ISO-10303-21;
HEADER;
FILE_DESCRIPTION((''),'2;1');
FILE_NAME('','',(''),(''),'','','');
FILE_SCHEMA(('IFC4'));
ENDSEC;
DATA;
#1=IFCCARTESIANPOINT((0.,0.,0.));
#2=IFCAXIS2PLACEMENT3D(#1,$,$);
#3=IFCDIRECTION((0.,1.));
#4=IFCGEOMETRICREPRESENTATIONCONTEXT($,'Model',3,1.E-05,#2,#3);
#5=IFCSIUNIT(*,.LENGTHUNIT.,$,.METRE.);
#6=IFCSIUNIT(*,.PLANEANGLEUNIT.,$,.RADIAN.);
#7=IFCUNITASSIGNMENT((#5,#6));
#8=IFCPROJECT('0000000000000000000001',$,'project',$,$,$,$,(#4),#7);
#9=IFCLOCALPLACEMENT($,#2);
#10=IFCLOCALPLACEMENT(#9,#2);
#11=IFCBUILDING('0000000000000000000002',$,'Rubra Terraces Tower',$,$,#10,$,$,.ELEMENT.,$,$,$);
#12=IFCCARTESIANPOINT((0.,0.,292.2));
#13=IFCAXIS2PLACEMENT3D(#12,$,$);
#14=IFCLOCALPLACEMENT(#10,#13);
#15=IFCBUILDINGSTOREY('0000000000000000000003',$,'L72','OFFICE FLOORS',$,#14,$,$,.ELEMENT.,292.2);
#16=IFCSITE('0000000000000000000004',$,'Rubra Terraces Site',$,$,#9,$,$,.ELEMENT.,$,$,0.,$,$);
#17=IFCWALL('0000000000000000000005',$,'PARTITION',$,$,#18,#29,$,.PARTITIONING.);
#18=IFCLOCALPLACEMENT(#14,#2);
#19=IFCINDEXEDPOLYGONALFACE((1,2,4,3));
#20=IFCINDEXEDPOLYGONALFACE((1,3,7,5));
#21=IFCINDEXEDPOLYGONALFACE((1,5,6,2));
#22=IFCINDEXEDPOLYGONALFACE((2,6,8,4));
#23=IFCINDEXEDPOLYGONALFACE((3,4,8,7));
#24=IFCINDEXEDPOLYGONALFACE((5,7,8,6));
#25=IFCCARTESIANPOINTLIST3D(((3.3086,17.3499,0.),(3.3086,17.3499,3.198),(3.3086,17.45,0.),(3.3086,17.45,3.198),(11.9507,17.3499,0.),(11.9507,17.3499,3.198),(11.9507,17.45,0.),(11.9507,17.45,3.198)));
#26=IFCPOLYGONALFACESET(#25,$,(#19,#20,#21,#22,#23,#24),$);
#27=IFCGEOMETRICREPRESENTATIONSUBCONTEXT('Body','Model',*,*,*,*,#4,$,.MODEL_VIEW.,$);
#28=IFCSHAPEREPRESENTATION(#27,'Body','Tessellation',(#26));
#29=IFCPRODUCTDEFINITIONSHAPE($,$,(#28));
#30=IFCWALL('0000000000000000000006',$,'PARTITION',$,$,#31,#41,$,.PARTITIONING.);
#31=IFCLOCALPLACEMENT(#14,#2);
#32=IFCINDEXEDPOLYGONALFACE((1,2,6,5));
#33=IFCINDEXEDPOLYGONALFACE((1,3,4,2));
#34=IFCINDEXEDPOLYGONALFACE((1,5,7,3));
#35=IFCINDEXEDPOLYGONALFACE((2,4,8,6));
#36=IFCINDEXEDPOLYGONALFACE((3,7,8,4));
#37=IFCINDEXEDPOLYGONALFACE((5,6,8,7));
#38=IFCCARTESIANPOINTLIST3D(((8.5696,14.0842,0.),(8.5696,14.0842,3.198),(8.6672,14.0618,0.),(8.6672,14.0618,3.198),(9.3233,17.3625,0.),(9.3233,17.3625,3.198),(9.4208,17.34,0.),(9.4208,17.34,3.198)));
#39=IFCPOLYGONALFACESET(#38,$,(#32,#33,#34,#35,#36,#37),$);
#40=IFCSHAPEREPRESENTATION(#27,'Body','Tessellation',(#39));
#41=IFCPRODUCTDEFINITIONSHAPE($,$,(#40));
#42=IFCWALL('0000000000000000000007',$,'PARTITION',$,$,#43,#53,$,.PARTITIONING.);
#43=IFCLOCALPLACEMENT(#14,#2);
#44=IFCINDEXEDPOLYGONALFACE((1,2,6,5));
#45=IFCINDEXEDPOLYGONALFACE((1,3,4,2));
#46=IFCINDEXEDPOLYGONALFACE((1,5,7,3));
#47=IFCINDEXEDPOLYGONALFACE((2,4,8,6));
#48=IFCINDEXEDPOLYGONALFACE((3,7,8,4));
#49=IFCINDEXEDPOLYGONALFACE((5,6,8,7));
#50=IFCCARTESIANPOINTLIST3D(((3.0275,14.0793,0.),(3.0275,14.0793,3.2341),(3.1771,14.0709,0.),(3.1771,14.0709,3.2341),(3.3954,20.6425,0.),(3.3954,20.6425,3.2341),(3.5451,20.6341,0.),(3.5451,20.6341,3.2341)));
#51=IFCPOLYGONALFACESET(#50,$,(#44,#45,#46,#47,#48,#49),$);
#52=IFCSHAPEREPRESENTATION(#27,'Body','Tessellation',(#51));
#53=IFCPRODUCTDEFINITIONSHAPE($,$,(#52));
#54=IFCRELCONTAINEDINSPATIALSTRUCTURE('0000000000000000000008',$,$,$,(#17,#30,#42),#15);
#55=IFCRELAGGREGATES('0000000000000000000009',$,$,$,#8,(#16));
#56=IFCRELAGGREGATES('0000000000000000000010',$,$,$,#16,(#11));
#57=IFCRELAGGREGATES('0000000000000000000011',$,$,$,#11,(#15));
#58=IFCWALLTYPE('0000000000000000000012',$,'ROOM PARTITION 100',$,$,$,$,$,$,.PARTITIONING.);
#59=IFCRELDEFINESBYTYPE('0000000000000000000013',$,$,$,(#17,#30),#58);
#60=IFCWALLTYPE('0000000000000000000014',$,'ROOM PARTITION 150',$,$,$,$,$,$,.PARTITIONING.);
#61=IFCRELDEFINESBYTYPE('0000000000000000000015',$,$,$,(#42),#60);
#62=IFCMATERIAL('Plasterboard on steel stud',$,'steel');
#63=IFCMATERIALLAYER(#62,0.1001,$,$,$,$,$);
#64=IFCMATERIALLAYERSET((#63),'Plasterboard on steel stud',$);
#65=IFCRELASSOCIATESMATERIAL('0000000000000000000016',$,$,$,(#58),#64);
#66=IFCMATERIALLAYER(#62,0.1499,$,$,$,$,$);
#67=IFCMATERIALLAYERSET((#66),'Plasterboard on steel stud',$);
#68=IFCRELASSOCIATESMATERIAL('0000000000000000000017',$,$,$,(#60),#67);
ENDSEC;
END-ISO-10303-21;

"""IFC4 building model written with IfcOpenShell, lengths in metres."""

from ifc_helpers import new_model, si_unit, direction, frame, frame_2d, origin, place, context, subcontext, project, spatial, rectangle, extrude, material, layer, layer_set, type_object, element, save


model = new_model("IFC4")

# Units and contexts
model_context = context("Model", 3, precision=1e-05, world=origin(), true_north=direction((0.0, 1.0)))
body_context = subcontext(model_context, "Body", "Model", "MODEL_VIEW")
ifc_project = project(units=[si_unit("LENGTHUNIT", "METRE"), si_unit("PLANEANGLEUNIT", "RADIAN")], contexts=[model_context])

# Site, building, storey
site_placement = place(None, origin())
site = spatial("IfcSite", under=ifc_project, at=site_placement, Name="Rubra Terraces Site", CompositionType="ELEMENT", RefElevation=0.0)
building_placement = place(site_placement, origin())
building = spatial("IfcBuilding", under=site, at=building_placement, Name="Rubra Terraces Tower", CompositionType="ELEMENT")
storey_placement = place(building_placement, frame((0.0, 0.0, 292.2)))
storey = spatial("IfcBuildingStorey", under=building, at=storey_placement, Name="L72", Description="OFFICE FLOORS", CompositionType="ELEMENT", Elevation=292.2)

# Walls
ifc_material_1 = material(Name="Plasterboard on steel stud", Category="steel")
ifc_layer_1 = layer(ifc_material_1, 0.1001)
ifc_layer_set_1 = layer_set([ifc_layer_1], Name="Plasterboard on steel stud")
wall_type_1 = type_object("IfcWallType", Name="ROOM PARTITION 100", PredefinedType="PARTITIONING", material=ifc_layer_set_1)
wall_1_placement = place(storey_placement, frame((3.3086, 17.3999, 0.0), z_axis=(0.0, 0.0, 1.0), x_axis=(1.0, 0.0, 0.0)))
element("IfcWall", 1, at=wall_1_placement, inside=storey, type_object=wall_type_1, Name="PARTITION", PredefinedType="PARTITIONING", context=body_context, shape_type="SweptSolid", body=[
    extrude(rectangle(XDim=8.6421, YDim=0.1001, at=frame_2d((4.321, 0.0))), origin(), (0.0, 0.0, 1.0), 3.198),
])
wall_2_placement = place(storey_placement, frame((8.6184, 14.073, 0.0), z_axis=(0.0, 0.0, 1.0), x_axis=(0.224048, 0.974578, 0.0)))
element("IfcWall", 2, at=wall_2_placement, inside=storey, type_object=wall_type_1, Name="PARTITION", PredefinedType="PARTITIONING", context=body_context, shape_type="SweptSolid", body=[
    extrude(rectangle(XDim=3.3638, YDim=0.1001, at=frame_2d((1.6819, 0.0))), origin(), (0.0, 0.0, 1.0), 3.198),
])
ifc_layer_2 = layer(ifc_material_1, 0.1499)
ifc_layer_set_2 = layer_set([ifc_layer_2], Name="Plasterboard on steel stud")
wall_type_2 = type_object("IfcWallType", Name="ROOM PARTITION 150", PredefinedType="PARTITIONING", material=ifc_layer_set_2)
wall_3_placement = place(storey_placement, frame((3.4702, 20.6382, 0.0), z_axis=(0.0, 0.0, 1.0), x_axis=(-0.05597, -0.998432, 0.0)))
element("IfcWall", 3, at=wall_3_placement, inside=storey, type_object=wall_type_2, Name="PARTITION", PredefinedType="PARTITIONING", context=body_context, shape_type="SweptSolid", body=[
    extrude(rectangle(XDim=6.5735, YDim=0.1499, at=frame_2d((3.2866, 0.0))), origin(), (0.0, 0.0, 1.0), 3.2341),
])

save(model, "model.ifc")
